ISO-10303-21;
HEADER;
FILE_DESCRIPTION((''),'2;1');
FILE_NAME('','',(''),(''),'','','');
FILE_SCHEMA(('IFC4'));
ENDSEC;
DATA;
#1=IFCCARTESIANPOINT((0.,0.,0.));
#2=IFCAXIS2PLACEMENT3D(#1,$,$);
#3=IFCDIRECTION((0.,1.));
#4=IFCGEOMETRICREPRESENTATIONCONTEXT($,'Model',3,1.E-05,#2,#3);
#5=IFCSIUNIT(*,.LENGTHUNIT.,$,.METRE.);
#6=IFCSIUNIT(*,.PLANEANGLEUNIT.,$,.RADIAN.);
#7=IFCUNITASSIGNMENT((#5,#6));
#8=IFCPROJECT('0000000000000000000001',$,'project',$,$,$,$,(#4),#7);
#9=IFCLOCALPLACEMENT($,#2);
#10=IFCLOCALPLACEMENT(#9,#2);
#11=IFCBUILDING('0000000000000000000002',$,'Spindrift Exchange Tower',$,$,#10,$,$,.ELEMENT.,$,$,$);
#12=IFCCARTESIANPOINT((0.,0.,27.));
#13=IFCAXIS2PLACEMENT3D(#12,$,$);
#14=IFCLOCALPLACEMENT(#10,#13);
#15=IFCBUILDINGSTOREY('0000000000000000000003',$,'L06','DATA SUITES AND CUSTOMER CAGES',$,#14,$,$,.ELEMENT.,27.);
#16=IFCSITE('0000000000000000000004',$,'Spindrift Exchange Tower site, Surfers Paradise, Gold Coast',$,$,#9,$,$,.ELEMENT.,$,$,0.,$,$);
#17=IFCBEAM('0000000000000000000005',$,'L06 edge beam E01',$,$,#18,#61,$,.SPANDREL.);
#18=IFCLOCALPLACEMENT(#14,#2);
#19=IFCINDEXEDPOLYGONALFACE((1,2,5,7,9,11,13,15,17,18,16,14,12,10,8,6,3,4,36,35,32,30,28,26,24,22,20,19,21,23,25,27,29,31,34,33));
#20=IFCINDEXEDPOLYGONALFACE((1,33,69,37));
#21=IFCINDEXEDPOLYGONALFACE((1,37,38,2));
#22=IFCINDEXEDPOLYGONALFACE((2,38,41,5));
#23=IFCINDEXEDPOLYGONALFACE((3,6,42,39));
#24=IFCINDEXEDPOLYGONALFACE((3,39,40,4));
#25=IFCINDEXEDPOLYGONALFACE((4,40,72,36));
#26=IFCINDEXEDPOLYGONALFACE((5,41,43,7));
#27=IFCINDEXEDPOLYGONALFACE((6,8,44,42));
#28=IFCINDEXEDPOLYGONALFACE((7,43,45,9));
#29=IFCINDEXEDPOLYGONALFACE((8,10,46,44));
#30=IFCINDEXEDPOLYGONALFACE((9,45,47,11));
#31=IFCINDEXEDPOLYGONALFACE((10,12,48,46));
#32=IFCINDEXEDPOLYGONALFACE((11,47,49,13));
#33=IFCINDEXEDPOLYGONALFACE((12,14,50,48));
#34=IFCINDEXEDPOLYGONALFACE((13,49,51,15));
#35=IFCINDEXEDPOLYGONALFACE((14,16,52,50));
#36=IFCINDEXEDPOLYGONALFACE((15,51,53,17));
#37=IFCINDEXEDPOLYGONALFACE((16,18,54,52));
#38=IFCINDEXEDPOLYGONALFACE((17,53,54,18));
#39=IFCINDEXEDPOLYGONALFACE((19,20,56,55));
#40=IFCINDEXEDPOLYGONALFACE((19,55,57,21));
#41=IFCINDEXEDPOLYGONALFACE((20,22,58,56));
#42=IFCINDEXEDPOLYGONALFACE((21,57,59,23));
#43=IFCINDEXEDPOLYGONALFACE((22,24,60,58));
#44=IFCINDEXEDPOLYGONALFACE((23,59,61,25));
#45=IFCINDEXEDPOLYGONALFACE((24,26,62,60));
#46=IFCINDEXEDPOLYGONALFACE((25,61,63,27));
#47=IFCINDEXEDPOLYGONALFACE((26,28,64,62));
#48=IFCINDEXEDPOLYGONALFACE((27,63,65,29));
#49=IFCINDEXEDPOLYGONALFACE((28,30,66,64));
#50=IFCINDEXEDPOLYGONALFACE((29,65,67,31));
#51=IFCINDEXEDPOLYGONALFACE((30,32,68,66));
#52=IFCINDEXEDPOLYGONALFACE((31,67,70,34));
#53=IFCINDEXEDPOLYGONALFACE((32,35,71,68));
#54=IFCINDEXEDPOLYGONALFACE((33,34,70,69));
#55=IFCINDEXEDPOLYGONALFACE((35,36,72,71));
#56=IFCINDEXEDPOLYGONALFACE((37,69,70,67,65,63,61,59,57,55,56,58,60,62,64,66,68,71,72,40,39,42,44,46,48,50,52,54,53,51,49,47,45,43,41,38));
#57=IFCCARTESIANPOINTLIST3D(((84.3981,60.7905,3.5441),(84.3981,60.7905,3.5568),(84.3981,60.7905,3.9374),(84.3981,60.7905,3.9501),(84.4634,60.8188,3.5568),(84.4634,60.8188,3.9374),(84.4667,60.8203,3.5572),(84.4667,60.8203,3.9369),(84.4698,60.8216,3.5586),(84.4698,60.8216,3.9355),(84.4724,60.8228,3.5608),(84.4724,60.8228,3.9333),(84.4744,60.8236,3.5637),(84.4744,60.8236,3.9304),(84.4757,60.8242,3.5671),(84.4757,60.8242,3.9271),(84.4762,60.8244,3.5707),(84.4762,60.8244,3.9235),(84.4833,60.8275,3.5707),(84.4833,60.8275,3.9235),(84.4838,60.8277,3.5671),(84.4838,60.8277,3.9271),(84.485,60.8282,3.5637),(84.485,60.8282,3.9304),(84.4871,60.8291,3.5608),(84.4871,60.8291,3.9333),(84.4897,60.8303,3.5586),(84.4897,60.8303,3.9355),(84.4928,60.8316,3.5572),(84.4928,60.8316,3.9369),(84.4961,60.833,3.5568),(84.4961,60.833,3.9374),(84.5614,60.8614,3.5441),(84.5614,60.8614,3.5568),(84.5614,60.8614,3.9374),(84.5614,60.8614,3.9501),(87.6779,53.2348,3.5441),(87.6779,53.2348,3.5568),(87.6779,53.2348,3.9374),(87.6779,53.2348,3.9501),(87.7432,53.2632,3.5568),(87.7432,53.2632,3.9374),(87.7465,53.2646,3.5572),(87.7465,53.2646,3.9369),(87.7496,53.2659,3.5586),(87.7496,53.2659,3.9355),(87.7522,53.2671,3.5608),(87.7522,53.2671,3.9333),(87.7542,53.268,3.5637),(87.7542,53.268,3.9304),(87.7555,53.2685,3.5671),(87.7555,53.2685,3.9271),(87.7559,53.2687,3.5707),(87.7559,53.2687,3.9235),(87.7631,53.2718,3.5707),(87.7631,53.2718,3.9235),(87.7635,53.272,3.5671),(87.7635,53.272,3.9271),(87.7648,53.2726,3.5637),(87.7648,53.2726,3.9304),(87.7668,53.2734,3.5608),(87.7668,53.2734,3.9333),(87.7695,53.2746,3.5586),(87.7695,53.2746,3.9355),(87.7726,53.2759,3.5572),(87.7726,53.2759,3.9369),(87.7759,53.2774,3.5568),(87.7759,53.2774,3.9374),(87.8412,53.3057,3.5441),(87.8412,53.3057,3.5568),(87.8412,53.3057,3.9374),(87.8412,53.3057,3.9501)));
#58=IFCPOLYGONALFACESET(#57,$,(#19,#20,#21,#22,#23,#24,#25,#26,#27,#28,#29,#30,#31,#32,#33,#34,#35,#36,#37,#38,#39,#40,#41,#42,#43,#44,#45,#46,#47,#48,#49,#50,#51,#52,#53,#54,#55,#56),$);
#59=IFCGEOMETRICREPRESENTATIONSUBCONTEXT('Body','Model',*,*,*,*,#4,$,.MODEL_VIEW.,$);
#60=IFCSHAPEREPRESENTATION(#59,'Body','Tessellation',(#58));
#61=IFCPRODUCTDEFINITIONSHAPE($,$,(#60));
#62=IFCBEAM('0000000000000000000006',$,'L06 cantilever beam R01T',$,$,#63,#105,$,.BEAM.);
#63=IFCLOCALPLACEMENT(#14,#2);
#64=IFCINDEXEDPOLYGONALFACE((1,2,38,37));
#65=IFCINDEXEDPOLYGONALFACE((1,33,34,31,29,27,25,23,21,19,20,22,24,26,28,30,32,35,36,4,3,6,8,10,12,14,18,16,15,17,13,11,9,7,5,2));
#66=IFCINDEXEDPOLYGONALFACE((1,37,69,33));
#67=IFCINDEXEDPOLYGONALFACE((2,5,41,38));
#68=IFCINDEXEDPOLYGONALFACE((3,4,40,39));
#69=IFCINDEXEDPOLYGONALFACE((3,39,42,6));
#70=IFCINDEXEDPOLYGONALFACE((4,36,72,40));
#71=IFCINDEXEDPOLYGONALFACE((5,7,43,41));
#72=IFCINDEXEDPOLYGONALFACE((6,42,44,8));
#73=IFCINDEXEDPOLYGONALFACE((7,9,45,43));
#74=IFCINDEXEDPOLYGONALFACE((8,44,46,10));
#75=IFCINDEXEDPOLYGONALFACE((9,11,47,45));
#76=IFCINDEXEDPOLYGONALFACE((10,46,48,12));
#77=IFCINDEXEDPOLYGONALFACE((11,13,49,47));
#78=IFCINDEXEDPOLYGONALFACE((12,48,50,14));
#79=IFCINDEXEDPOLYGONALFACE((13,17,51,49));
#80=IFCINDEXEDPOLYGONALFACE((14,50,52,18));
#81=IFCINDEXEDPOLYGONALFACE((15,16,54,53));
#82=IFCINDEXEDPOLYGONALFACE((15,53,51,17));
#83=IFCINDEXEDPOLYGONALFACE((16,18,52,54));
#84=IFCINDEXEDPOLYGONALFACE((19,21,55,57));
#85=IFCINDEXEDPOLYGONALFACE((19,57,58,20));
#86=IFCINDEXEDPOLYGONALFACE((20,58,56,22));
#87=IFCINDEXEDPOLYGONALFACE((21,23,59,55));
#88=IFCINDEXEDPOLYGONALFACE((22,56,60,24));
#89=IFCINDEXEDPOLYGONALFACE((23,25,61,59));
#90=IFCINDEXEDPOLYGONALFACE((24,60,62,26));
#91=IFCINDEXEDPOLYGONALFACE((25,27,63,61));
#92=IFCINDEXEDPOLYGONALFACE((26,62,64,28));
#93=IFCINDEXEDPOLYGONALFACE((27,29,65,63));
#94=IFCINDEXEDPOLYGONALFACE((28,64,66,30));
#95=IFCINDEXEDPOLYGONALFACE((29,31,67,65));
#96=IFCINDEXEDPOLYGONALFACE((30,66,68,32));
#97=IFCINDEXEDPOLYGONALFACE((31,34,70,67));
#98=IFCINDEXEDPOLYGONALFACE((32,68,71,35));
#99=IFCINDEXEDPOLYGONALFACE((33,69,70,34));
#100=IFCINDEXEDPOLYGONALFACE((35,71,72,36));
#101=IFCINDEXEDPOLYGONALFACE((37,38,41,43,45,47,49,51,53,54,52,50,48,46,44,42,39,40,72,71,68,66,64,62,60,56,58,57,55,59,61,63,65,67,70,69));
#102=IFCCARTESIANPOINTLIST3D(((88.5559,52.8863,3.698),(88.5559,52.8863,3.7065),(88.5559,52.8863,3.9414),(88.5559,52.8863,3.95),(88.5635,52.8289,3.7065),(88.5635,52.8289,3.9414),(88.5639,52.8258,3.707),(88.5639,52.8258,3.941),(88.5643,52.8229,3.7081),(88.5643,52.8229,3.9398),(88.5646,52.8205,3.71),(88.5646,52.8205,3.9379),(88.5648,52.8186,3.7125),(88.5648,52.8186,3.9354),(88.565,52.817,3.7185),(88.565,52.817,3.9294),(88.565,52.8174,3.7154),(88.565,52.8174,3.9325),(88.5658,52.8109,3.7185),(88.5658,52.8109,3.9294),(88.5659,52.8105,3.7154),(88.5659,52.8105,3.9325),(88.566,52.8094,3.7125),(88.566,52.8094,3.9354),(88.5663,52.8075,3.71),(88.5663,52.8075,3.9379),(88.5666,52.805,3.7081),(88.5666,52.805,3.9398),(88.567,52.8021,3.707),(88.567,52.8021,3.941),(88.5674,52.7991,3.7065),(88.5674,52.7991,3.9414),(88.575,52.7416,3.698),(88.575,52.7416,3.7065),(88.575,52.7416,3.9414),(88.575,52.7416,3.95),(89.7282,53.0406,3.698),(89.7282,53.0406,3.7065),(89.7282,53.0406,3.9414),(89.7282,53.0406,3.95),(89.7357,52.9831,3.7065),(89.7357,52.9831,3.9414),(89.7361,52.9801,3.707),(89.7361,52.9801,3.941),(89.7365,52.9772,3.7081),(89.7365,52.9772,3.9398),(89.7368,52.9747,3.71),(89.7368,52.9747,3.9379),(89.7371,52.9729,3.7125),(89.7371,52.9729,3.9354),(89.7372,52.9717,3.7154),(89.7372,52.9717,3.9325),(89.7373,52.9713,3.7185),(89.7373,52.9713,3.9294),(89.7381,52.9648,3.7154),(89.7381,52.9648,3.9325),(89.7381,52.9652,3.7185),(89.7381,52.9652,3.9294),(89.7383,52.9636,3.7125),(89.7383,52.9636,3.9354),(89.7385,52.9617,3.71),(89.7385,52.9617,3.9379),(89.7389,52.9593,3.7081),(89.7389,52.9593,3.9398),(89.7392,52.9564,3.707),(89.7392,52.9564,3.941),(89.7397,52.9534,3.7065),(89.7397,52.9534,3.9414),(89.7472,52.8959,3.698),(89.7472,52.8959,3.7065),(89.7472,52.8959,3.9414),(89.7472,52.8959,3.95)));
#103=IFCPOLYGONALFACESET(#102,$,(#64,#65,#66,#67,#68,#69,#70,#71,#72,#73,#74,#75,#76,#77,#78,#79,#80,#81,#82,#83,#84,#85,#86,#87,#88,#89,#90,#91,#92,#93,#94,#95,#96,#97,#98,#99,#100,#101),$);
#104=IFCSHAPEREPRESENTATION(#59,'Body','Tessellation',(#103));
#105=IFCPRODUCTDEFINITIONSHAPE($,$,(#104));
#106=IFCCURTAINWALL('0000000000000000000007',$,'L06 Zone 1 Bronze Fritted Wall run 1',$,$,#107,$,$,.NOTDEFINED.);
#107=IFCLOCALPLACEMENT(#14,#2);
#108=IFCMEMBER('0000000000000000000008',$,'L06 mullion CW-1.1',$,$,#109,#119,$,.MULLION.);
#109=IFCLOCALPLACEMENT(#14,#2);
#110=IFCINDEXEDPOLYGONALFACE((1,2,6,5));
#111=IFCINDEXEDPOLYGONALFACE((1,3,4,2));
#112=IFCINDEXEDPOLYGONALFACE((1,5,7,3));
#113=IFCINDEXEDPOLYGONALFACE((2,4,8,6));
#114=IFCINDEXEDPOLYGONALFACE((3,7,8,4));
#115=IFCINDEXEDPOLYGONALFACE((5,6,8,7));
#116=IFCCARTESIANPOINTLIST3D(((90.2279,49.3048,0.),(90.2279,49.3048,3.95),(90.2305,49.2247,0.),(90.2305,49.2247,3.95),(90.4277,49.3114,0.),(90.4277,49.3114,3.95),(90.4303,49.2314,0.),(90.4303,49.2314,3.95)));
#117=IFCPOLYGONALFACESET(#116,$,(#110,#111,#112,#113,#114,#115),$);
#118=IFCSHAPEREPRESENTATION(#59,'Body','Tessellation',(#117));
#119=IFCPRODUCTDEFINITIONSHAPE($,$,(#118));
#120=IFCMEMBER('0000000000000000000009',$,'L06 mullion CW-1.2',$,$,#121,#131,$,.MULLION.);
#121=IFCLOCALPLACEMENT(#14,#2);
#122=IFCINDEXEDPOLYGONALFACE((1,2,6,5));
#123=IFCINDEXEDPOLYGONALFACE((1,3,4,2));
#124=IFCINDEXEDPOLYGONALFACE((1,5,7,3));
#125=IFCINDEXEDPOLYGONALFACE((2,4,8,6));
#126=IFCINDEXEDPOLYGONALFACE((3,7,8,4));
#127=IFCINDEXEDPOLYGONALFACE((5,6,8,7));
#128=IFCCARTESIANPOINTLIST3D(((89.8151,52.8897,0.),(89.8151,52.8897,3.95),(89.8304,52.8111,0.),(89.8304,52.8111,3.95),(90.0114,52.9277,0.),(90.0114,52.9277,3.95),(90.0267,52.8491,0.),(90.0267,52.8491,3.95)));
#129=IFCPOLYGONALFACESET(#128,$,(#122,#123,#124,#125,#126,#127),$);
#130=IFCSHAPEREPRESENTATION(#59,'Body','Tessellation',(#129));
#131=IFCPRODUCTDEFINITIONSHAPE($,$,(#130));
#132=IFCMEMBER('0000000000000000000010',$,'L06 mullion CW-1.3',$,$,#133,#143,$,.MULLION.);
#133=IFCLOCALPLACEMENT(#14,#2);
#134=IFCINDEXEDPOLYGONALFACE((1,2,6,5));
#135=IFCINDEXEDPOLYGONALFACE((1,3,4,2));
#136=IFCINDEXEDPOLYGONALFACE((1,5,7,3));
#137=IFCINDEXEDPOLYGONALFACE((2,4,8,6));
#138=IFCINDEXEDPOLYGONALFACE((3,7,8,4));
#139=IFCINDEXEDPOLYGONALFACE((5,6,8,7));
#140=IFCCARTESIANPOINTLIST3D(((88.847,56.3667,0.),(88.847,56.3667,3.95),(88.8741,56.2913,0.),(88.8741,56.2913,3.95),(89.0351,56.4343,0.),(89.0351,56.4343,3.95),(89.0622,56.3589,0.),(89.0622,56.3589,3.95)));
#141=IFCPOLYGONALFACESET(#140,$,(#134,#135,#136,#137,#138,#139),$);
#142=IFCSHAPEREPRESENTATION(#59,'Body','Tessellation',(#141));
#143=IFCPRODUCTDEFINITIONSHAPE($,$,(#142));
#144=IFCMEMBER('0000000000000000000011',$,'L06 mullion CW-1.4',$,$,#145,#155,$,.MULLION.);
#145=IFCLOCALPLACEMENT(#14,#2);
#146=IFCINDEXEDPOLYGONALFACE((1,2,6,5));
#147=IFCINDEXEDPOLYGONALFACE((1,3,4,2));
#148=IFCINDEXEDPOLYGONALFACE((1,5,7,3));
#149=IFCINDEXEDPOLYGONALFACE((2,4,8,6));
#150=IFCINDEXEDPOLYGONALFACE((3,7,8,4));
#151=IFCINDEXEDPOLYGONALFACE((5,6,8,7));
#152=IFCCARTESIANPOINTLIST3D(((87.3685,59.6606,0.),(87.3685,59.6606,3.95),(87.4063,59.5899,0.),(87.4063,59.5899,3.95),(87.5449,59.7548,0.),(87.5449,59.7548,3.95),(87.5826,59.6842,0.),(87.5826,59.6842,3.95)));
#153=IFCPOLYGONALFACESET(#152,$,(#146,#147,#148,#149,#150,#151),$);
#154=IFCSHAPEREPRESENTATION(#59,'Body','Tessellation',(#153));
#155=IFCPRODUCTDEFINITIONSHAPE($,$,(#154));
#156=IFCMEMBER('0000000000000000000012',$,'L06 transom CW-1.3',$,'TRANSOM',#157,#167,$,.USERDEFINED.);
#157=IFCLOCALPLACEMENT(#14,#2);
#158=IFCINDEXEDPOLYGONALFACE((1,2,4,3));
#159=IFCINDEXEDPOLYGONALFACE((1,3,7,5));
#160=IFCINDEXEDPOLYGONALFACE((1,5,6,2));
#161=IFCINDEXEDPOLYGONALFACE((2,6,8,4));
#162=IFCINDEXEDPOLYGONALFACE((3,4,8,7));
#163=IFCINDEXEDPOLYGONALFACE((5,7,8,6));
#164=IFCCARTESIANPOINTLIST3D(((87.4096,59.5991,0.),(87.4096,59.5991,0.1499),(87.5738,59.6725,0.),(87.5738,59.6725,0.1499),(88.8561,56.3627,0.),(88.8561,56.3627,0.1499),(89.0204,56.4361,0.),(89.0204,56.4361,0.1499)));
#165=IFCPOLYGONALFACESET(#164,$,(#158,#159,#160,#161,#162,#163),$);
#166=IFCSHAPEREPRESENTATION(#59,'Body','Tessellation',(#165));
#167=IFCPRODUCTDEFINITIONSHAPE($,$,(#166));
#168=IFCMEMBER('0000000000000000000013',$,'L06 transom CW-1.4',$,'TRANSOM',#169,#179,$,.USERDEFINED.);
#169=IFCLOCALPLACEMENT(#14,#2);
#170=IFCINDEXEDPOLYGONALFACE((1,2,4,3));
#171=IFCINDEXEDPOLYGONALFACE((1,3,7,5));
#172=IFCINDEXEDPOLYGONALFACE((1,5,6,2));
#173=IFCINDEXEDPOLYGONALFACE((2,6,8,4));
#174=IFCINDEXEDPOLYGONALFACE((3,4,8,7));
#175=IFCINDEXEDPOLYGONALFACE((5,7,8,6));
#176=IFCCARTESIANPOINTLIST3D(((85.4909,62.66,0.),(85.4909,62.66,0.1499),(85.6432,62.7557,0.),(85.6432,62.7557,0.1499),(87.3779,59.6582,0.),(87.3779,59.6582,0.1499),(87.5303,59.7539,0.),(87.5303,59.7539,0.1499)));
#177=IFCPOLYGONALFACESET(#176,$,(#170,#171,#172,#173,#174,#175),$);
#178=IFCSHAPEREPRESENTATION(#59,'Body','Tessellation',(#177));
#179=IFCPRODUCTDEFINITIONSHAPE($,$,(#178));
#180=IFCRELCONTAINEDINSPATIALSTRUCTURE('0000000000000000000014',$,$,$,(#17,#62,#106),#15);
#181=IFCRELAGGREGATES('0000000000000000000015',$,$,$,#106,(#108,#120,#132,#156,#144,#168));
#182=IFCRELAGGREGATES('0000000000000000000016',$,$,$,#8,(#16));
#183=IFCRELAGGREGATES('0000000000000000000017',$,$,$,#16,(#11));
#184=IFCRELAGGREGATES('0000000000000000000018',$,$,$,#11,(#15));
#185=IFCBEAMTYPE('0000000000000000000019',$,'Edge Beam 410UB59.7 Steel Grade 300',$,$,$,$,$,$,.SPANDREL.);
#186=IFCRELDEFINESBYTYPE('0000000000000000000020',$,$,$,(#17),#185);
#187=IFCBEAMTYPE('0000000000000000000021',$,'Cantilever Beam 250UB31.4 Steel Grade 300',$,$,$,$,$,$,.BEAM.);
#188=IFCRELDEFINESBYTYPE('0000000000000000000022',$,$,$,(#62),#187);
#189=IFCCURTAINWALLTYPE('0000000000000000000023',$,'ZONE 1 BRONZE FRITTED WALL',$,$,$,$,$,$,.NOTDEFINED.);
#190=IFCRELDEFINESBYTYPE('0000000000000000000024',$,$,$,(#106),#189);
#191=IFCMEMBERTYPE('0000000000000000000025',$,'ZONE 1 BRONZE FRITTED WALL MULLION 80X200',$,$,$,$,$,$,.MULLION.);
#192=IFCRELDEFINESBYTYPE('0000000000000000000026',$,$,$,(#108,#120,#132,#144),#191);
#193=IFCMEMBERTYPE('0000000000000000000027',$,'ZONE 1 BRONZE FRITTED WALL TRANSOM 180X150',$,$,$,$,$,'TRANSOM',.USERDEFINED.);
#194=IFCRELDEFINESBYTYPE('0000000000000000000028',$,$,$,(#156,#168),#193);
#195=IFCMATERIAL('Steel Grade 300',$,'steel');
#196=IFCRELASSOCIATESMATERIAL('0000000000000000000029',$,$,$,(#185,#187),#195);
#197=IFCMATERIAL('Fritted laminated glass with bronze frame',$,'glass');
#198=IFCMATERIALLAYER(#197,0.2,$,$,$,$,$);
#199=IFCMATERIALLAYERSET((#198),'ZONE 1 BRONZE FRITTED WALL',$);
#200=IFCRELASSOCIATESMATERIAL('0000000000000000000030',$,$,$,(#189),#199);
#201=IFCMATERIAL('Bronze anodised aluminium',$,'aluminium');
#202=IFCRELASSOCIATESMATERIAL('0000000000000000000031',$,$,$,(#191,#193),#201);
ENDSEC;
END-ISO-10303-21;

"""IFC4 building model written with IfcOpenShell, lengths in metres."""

from ifc_helpers import new_model, si_unit, direction, frame, origin, origin_2d, place, context, subcontext, project, spatial, rectangle, i_section, extrude, source, transform, mapped, material, layer, layer_set, material_profile, profile_set, type_object, element, aggregate, save


model = new_model("IFC4")

# Units and contexts
model_context = context("Model", 3, precision=1e-05, world=origin(), true_north=direction((0.0, 1.0)))
body_context = subcontext(model_context, "Body", "Model", "MODEL_VIEW")
ifc_project = project(units=[si_unit("LENGTHUNIT", "METRE"), si_unit("PLANEANGLEUNIT", "RADIAN")], contexts=[model_context])

# Site, building, storey
site_placement = place(None, origin())
site = spatial("IfcSite", under=ifc_project, at=site_placement, Name="Spindrift Exchange Tower site, Surfers Paradise, Gold Coast", CompositionType="ELEMENT", RefElevation=0.0)
building_placement = place(site_placement, origin())
building = spatial("IfcBuilding", under=site, at=building_placement, Name="Spindrift Exchange Tower", CompositionType="ELEMENT")
storey_placement = place(building_placement, frame((0.0, 0.0, 27.0)))
storey = spatial("IfcBuildingStorey", under=building, at=storey_placement, Name="L06", Description="DATA SUITES AND CUSTOMER CAGES", CompositionType="ELEMENT", Elevation=27.0)

# Beams
ifc_material_1 = material(Name="Steel Grade 300", Category="steel")
ifc_material_profile_1 = material_profile(ifc_material_1, i_section(OverallWidth=0.178, OverallDepth=0.406, WebThickness=0.0078, FlangeThickness=0.0127, FilletRadius=0.0139, at=origin_2d()), Name="410UB59.7")
ifc_profile_set_1 = profile_set([ifc_material_profile_1], Name="Steel Grade 300")
beam_type_1 = type_object("IfcBeamType", Name="Edge Beam 410UB59.7 Steel Grade 300", PredefinedType="SPANDREL", material=ifc_profile_set_1)
shared_shape_1 = source(origin(), body_context, "Body", "SweptSolid", [
    extrude(i_section(OverallWidth=0.178, OverallDepth=0.406, WebThickness=0.0078, FlangeThickness=0.0127, FilletRadius=0.0139, at=origin_2d()), origin(), (0.0, 0.0, 1.0), 8.2368),
])
beam_1_placement = place(storey_placement, frame((87.7595, 53.2703, 3.7471), z_axis=(-0.398186, 0.917305, 0.0), x_axis=(-0.917305, -0.398186, 0.0)))
element("IfcBeam", 1, at=beam_1_placement, inside=storey, type_object=beam_type_1, Name="L06 edge beam E01", PredefinedType="SPANDREL", context=body_context, shape_type="MappedRepresentation", body=[
    mapped(shared_shape_1, transform((0.0, 0.0, 0.0), scale=1.0)),
])
ifc_material_profile_2 = material_profile(ifc_material_1, i_section(OverallWidth=0.146, OverallDepth=0.252, WebThickness=0.0061, FlangeThickness=0.0085, FilletRadius=0.012, at=origin_2d()), Name="250UB31.4")
ifc_profile_set_2 = profile_set([ifc_material_profile_2], Name="Steel Grade 300")
beam_type_2 = type_object("IfcBeamType", Name="Cantilever Beam 250UB31.4 Steel Grade 300", PredefinedType="BEAM", material=ifc_profile_set_2)
shared_shape_2 = source(origin(), body_context, "Body", "SweptSolid", [
    extrude(i_section(OverallWidth=0.146, OverallDepth=0.252, WebThickness=0.0061, FlangeThickness=0.0085, FilletRadius=0.012, at=origin_2d()), origin(), (0.0, 0.0, 1.0), 1.1824),
])
beam_2_placement = place(storey_placement, frame((88.5654, 52.814, 3.824), z_axis=(0.99145, 0.130487, 0.0), x_axis=(-0.130487, 0.99145, 0.0)))
element("IfcBeam", 2, at=beam_2_placement, inside=storey, type_object=beam_type_2, Name="L06 cantilever beam R01T", PredefinedType="BEAM", context=body_context, shape_type="MappedRepresentation", body=[
    mapped(shared_shape_2, transform((0.0, 0.0, 0.0), scale=1.0)),
])

# Curtain wall, members
ifc_material_2 = material(Name="Fritted laminated glass with bronze frame", Category="glass")
ifc_layer_1 = layer(ifc_material_2, 0.2)
ifc_layer_set_1 = layer_set([ifc_layer_1], Name="ZONE 1 BRONZE FRITTED WALL")
curtain_wall_type = type_object("IfcCurtainWallType", Name="ZONE 1 BRONZE FRITTED WALL", PredefinedType="NOTDEFINED", material=ifc_layer_set_1)
curtain_wall_1_placement = place(storey_placement, origin())
curtain_wall_1 = element("IfcCurtainWall", 3, at=curtain_wall_1_placement, inside=storey, type_object=curtain_wall_type, Name="L06 Zone 1 Bronze Fritted Wall run 1", PredefinedType="NOTDEFINED")
ifc_material_3 = material(Name="Bronze anodised aluminium", Category="aluminium")
ifc_material_profile_3 = material_profile(ifc_material_3, rectangle(XDim=0.0801, YDim=0.2, at=origin_2d()), Name="ZONE 1 BRONZE FRITTED WALL MULLION 80X200")
ifc_profile_set_3 = profile_set([ifc_material_profile_3], Name="Bronze anodised aluminium")
member_type_1 = type_object("IfcMemberType", Name="ZONE 1 BRONZE FRITTED WALL MULLION 80X200", PredefinedType="MULLION", material=ifc_profile_set_3)
shared_shape_3 = source(origin(), body_context, "Body", "SweptSolid", [
    extrude(rectangle(XDim=0.0801, YDim=0.2, at=origin_2d()), origin(), (0.0, 0.0, 1.0), 3.95),
])
member_1_placement = place(storey_placement, frame((90.3291, 49.2681, 0.0), z_axis=(0.0, 0.0, 1.0), x_axis=(-0.033077, 0.999453, 0.0)))
member_1 = element("IfcMember", 4, at=member_1_placement, type_object=member_type_1, Name="L06 mullion CW-1.1", PredefinedType="MULLION", context=body_context, shape_type="MappedRepresentation", body=[
    mapped(shared_shape_3, transform((0.0, 0.0, 0.0), scale=1.0)),
])
member_2_placement = place(storey_placement, frame((89.9209, 52.8694, 0.0), z_axis=(0.0, 0.0, 1.0), x_axis=(-0.190183, 0.981749, 0.0)))
member_2 = element("IfcMember", 5, at=member_2_placement, type_object=member_type_1, Name="L06 mullion CW-1.2", PredefinedType="MULLION", context=body_context, shape_type="MappedRepresentation", body=[
    mapped(shared_shape_3, transform((0.0, 0.0, 0.0), scale=1.0)),
])
member_3_placement = place(storey_placement, frame((88.9546, 56.3628, 0.0), z_axis=(0.0, 0.0, 1.0), x_axis=(-0.338282, 0.941045, 0.0)))
member_3 = element("IfcMember", 6, at=member_3_placement, type_object=member_type_1, Name="L06 mullion CW-1.3", PredefinedType="MULLION", context=body_context, shape_type="MappedRepresentation", body=[
    mapped(shared_shape_3, transform((0.0, 0.0, 0.0), scale=1.0)),
])
member_4_placement = place(storey_placement, frame((87.4756, 59.6724, 0.0), z_axis=(0.0, 0.0, 1.0), x_axis=(-0.471302, 0.881972, 0.0)))
member_4 = element("IfcMember", 7, at=member_4_placement, type_object=member_type_1, Name="L06 mullion CW-1.4", PredefinedType="MULLION", context=body_context, shape_type="MappedRepresentation", body=[
    mapped(shared_shape_3, transform((0.0, 0.0, 0.0), scale=1.0)),
])
ifc_material_profile_4 = material_profile(ifc_material_3, rectangle(XDim=0.1799, YDim=0.1499, at=origin_2d()), Name="ZONE 1 BRONZE FRITTED WALL TRANSOM 180X150")
ifc_profile_set_4 = profile_set([ifc_material_profile_4], Name="Bronze anodised aluminium")
member_type_2 = type_object("IfcMemberType", Name="ZONE 1 BRONZE FRITTED WALL TRANSOM 180X150", ElementType="TRANSOM", PredefinedType="USERDEFINED", material=ifc_profile_set_4)
shared_shape_4 = source(origin(), body_context, "Body", "SweptSolid", [
    extrude(rectangle(XDim=0.1799, YDim=0.1499, at=origin_2d()), origin(), (0.0, 0.0, 1.0), 3.5449),
])
member_5_placement = place(storey_placement, frame((88.9382, 56.3994, 0.075), z_axis=(-0.408061, 0.912955, 0.0), x_axis=(-0.912955, -0.408061, 0.0)))
member_5 = element("IfcMember", 8, at=member_5_placement, type_object=member_type_2, Name="L06 transom CW-1.3", ObjectType="TRANSOM", PredefinedType="USERDEFINED", context=body_context, shape_type="MappedRepresentation", body=[
    mapped(shared_shape_4, transform((0.0, 0.0, 0.0), scale=1.0)),
])
shared_shape_5 = source(origin(), body_context, "Body", "SweptSolid", [
    extrude(rectangle(XDim=0.1799, YDim=0.1499, at=origin_2d()), origin(), (0.0, 0.0, 1.0), 3.5457),
])
member_6_placement = place(storey_placement, frame((87.4541, 59.7061, 0.075), z_axis=(-0.532207, 0.846614, 0.0), x_axis=(-0.846614, -0.532207, 0.0)))
member_6 = element("IfcMember", 9, at=member_6_placement, type_object=member_type_2, Name="L06 transom CW-1.4", ObjectType="TRANSOM", PredefinedType="USERDEFINED", context=body_context, shape_type="MappedRepresentation", body=[
    mapped(shared_shape_5, transform((0.0, 0.0, 0.0), scale=1.0)),
])
aggregate(curtain_wall_1, [member_1, member_2, member_3, member_5, member_4, member_6])

save(model, "model.ifc")
